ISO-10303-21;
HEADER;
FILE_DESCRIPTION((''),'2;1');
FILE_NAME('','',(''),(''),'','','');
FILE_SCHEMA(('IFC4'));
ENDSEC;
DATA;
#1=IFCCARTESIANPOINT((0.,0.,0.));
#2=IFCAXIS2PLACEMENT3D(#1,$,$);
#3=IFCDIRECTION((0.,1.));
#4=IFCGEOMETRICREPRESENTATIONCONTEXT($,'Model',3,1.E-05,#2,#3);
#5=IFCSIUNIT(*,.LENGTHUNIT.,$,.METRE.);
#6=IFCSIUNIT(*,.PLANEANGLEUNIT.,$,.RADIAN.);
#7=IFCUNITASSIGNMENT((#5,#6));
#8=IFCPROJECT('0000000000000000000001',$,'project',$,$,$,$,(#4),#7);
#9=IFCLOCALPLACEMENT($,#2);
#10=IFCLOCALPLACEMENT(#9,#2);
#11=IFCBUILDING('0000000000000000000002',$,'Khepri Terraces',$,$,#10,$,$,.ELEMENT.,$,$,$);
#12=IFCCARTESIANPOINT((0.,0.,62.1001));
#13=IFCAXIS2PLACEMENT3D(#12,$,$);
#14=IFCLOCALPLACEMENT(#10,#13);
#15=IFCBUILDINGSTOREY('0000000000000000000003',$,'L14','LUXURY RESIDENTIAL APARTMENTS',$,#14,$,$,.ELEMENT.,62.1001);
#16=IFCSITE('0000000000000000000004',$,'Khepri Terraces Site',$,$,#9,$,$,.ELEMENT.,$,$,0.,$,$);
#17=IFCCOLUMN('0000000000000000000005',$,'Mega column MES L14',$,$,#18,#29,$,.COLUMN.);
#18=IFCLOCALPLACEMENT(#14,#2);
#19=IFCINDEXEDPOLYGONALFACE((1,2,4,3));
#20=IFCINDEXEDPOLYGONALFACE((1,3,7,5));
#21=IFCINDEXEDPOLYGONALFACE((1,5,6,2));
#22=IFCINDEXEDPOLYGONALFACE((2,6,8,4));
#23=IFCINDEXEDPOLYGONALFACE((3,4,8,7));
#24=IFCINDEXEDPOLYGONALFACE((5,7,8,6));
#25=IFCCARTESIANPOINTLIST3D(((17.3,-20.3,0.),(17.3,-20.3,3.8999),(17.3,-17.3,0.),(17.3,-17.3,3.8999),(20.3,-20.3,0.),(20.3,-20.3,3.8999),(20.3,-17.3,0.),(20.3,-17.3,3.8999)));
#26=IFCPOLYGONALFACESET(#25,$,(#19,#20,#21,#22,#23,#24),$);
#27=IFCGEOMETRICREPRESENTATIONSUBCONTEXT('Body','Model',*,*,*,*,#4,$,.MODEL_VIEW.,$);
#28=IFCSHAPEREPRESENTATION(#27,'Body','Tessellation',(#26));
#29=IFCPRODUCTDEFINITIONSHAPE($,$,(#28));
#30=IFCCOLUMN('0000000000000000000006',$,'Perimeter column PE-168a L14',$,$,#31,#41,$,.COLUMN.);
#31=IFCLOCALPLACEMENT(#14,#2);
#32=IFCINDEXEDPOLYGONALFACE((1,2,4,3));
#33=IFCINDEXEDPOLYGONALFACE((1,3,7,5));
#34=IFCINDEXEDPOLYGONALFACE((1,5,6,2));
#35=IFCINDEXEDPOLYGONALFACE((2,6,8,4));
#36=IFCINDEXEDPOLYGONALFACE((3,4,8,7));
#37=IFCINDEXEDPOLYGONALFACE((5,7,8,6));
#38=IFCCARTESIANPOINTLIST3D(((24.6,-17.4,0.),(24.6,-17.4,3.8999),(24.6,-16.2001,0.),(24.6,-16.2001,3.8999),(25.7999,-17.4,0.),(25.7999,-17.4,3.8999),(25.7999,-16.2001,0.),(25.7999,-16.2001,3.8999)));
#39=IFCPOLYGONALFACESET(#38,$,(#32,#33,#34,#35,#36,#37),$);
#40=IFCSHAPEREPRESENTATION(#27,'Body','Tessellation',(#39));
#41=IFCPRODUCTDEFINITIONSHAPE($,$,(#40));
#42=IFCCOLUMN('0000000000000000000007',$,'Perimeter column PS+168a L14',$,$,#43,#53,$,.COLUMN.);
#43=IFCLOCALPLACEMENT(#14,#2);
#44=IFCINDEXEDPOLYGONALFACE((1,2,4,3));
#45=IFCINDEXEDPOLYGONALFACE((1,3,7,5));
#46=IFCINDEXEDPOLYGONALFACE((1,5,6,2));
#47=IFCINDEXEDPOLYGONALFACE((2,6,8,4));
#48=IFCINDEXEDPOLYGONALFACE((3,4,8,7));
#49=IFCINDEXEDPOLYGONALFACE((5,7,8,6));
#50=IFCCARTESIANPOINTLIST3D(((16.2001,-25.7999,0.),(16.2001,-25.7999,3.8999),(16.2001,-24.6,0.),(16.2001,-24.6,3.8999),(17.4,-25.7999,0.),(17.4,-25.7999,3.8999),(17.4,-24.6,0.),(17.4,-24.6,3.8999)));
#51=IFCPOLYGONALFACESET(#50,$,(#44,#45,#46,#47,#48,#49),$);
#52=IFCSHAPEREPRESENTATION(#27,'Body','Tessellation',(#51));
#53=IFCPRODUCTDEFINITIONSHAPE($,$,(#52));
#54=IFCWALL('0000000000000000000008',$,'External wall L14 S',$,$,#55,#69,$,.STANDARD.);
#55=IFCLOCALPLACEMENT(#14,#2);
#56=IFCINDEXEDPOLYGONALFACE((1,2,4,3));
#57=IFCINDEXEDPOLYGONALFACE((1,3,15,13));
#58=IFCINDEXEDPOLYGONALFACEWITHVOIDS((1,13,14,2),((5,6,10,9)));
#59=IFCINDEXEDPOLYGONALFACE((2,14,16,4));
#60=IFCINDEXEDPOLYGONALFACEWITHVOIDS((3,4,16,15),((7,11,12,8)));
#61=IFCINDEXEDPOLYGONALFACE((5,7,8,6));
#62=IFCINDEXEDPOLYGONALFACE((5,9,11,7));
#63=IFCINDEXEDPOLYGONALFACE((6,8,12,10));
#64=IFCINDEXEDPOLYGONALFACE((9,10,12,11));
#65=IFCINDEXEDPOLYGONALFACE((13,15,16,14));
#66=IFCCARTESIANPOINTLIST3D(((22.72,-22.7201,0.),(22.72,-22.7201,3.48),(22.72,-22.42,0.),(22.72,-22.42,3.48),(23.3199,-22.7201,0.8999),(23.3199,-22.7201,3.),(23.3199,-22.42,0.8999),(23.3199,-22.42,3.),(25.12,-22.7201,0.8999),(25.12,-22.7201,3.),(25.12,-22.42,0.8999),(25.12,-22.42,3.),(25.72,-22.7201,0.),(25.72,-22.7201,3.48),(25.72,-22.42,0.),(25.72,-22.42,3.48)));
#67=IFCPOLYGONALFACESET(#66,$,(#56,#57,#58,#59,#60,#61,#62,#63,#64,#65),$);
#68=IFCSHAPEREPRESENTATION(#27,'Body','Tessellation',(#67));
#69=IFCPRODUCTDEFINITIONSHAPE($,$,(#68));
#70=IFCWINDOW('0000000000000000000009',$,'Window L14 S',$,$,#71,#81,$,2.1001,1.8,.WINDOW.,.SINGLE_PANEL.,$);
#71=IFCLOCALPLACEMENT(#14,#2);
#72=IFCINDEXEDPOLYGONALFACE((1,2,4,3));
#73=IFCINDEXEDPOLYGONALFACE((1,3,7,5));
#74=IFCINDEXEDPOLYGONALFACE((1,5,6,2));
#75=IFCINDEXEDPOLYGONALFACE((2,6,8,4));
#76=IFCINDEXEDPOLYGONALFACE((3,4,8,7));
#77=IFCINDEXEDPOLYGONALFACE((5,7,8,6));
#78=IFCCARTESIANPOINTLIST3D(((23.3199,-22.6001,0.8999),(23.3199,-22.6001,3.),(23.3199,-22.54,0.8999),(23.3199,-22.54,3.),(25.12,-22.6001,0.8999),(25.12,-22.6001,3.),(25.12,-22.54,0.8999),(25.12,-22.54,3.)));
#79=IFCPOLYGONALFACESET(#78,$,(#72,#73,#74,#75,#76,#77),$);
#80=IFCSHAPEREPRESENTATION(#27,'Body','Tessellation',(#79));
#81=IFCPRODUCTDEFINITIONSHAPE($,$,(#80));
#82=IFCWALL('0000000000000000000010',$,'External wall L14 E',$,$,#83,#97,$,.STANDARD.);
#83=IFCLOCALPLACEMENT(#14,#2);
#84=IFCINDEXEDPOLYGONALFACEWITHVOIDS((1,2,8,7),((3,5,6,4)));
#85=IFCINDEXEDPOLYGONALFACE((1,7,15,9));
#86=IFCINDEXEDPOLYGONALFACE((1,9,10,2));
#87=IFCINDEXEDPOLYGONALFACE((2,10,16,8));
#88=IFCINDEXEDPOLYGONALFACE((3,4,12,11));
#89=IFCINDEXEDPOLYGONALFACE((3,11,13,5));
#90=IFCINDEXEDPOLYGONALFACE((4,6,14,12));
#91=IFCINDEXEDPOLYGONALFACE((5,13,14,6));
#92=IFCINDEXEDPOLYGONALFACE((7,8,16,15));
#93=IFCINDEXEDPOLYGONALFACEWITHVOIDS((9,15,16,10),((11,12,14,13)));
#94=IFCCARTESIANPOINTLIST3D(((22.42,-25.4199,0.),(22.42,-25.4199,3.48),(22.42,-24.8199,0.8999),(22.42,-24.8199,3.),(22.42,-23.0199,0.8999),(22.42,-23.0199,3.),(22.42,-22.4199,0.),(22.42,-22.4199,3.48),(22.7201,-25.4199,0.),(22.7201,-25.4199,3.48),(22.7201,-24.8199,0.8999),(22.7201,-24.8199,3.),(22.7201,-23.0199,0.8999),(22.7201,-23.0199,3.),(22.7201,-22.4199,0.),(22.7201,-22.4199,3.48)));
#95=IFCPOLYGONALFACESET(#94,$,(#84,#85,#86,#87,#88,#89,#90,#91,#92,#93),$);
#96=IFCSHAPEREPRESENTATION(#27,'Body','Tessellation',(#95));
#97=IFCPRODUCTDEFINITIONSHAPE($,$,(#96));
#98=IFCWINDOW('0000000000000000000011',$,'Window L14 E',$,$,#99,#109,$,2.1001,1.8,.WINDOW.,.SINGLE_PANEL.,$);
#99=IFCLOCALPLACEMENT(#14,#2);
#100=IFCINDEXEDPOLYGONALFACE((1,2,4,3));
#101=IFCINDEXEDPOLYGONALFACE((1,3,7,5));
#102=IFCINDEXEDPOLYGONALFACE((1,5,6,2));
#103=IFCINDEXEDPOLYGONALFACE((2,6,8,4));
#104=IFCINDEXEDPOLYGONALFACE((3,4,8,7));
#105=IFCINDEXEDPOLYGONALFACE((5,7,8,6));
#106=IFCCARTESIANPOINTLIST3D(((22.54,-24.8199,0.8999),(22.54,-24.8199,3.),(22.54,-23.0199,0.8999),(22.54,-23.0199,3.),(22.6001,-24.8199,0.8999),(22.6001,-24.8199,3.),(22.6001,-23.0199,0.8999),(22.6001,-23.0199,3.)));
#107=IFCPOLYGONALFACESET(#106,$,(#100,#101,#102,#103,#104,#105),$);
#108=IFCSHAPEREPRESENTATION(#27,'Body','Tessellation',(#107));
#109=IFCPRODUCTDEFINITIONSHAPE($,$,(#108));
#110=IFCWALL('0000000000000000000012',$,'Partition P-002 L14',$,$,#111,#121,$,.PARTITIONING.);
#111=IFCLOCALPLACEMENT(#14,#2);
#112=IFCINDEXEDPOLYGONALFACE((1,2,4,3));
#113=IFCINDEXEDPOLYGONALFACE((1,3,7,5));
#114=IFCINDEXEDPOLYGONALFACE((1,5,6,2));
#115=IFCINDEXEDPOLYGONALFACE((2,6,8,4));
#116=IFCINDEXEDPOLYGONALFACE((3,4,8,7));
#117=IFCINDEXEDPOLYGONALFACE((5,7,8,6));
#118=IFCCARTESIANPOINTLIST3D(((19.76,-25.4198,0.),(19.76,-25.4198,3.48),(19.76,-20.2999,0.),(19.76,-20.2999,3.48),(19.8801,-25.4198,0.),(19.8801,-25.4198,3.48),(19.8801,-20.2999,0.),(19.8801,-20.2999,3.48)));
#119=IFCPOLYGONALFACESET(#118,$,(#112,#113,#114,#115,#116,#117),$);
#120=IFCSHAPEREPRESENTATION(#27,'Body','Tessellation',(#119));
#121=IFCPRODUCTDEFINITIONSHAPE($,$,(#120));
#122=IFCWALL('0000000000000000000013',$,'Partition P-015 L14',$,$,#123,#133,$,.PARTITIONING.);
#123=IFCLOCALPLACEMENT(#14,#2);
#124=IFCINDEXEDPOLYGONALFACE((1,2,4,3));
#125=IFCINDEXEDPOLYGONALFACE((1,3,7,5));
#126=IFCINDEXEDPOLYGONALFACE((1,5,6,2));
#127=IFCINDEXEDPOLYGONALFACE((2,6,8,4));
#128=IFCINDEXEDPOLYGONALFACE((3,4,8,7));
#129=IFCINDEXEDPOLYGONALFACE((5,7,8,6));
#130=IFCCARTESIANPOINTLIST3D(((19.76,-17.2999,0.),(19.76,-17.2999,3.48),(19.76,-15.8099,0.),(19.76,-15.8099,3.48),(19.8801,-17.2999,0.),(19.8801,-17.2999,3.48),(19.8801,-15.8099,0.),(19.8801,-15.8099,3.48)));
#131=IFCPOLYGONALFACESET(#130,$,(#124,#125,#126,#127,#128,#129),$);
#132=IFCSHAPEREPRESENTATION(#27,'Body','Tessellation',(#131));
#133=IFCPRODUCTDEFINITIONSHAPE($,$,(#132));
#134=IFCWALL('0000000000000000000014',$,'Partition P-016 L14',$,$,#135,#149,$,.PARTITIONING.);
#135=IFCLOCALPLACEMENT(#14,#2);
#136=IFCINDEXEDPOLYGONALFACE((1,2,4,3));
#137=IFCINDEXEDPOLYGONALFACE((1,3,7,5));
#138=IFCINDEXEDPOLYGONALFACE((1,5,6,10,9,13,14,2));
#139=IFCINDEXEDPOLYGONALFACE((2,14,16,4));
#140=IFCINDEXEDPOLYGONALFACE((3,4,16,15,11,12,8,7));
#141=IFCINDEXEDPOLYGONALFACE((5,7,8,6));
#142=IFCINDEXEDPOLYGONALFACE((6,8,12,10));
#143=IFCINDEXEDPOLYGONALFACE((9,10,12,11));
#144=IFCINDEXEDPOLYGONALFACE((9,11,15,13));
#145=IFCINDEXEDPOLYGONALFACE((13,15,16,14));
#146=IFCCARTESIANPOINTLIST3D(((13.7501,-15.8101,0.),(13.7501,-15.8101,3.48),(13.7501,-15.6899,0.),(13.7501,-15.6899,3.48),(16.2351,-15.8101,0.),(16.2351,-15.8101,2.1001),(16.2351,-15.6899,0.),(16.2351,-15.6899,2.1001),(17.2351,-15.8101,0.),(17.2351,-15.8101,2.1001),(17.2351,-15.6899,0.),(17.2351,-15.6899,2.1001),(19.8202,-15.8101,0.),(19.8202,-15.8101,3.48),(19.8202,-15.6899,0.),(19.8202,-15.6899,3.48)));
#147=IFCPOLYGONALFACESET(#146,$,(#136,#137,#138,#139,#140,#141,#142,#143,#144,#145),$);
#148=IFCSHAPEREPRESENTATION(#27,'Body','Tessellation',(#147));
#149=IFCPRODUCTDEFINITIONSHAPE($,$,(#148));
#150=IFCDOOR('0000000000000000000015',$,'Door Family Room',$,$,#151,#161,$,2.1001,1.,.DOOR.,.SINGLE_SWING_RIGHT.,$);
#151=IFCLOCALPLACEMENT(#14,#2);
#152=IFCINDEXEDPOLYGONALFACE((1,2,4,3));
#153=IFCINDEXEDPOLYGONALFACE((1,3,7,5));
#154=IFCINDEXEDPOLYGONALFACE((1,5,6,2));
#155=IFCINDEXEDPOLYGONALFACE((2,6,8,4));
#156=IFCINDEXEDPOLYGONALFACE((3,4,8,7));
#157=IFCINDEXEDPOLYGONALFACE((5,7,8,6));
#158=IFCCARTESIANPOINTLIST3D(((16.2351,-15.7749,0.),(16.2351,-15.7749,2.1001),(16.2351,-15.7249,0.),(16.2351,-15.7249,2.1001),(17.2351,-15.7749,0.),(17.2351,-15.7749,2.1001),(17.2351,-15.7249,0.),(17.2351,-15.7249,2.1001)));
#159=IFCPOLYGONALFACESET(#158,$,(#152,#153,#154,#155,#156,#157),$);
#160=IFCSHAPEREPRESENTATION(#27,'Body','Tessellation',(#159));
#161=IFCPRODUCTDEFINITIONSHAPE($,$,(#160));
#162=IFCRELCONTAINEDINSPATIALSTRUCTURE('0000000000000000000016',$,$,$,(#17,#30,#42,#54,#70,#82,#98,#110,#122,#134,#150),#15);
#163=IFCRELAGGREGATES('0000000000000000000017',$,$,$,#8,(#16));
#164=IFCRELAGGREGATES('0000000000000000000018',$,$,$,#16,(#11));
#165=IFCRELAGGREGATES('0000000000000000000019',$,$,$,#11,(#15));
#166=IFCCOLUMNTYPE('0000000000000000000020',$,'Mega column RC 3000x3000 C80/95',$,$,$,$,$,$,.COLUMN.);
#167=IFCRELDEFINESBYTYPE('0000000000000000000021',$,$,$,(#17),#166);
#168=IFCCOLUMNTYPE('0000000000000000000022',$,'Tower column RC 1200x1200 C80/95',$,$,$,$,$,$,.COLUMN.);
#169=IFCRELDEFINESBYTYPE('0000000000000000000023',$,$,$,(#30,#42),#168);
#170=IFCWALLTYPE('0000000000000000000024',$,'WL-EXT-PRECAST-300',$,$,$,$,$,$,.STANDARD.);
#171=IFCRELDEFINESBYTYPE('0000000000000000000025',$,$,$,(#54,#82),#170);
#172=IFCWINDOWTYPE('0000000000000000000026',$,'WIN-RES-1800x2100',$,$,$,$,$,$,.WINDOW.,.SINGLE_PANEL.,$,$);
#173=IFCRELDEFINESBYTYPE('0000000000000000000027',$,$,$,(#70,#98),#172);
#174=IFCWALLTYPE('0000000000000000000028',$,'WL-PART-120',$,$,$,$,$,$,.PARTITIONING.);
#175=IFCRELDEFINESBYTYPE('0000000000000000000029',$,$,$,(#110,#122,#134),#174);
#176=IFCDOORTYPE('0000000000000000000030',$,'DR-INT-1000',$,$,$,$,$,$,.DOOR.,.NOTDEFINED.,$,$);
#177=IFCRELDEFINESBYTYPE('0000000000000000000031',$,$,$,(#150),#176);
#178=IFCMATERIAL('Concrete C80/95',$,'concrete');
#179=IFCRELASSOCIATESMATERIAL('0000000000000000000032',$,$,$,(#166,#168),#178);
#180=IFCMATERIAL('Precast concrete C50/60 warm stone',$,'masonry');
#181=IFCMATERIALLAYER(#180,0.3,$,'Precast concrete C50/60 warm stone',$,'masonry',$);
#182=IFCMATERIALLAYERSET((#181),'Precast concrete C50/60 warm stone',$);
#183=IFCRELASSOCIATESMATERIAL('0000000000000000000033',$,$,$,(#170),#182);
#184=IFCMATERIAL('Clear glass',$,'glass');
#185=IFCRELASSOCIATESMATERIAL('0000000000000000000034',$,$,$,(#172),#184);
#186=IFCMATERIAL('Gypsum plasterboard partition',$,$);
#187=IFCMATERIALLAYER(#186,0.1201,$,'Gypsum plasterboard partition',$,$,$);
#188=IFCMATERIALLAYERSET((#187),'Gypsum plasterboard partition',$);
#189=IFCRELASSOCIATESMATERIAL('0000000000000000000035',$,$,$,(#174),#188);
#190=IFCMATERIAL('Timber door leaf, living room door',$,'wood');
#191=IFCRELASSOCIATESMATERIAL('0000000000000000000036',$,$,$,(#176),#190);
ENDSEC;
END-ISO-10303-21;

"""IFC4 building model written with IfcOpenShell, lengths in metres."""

from ifc_helpers import new_model, si_unit, direction, frame, frame_2d, origin, origin_2d, place, context, subcontext, project, spatial, rectangle, extrude, material, layer, layer_set, material_profile, profile_set, type_object, element, fill, save


model = new_model("IFC4")

# Units and contexts
model_context = context("Model", 3, precision=1e-05, world=origin(), true_north=direction((0.0, 1.0)))
body_context = subcontext(model_context, "Body", "Model", "MODEL_VIEW")
ifc_project = project(units=[si_unit("LENGTHUNIT", "METRE"), si_unit("PLANEANGLEUNIT", "RADIAN")], contexts=[model_context])

# Site, building, storey
site_placement = place(None, origin())
site = spatial("IfcSite", under=ifc_project, at=site_placement, Name="Khepri Terraces Site", CompositionType="ELEMENT", RefElevation=0.0)
building_placement = place(site_placement, origin())
building = spatial("IfcBuilding", under=site, at=building_placement, Name="Khepri Terraces", CompositionType="ELEMENT")
storey_placement = place(building_placement, frame((0.0, 0.0, 62.1001)))
storey = spatial("IfcBuildingStorey", under=building, at=storey_placement, Name="L14", Description="LUXURY RESIDENTIAL APARTMENTS", CompositionType="ELEMENT", Elevation=62.1001)

# Columns
ifc_material_1 = material(Name="Concrete C80/95", Category="concrete")
ifc_material_profile_1 = material_profile(ifc_material_1, rectangle(XDim=3.0, YDim=3.0, at=origin_2d()), Name="Concrete C80/95", Category="concrete")
ifc_profile_set_1 = profile_set([ifc_material_profile_1], Name="Concrete C80/95")
column_type_1 = type_object("IfcColumnType", Name="Mega column RC 3000x3000 C80/95", PredefinedType="COLUMN", material=ifc_profile_set_1)
column_placement = place(storey_placement, frame((18.8, -18.8, 0.0), z_axis=(0.0, 0.0, 1.0), x_axis=(1.0, 0.0, 0.0)))
element("IfcColumn", 1, at=column_placement, inside=storey, type_object=column_type_1, Name="Mega column MES L14", PredefinedType="COLUMN", context=body_context, shape_type="SweptSolid", body=[
    extrude(rectangle(XDim=3.0, YDim=3.0, at=origin_2d()), origin(), (0.0, 0.0, 1.0), 3.8999),
])
ifc_material_profile_2 = material_profile(ifc_material_1, rectangle(XDim=1.2, YDim=1.2, at=origin_2d()), Name="Concrete C80/95", Category="concrete")
ifc_profile_set_2 = profile_set([ifc_material_profile_2], Name="Concrete C80/95")
column_type_2 = type_object("IfcColumnType", Name="Tower column RC 1200x1200 C80/95", PredefinedType="COLUMN", material=ifc_profile_set_2)
for number, where, z_axis, x_axis, name in (
    (2, (25.2, -16.8, 0.0), (0.0, 0.0, 1.0), (1.0, 0.0, 0.0), "Perimeter column PE-168a L14"),
    (3, (16.8, -25.2, 0.0), (0.0, 0.0, 1.0), (1.0, 0.0, 0.0), "Perimeter column PS+168a L14"),
):
    element("IfcColumn", number, at=place(storey_placement, frame(where, z_axis=z_axis, x_axis=x_axis)), inside=storey, type_object=column_type_2, Name=name, PredefinedType="COLUMN", context=body_context, shape_type="SweptSolid", body=[
        extrude(rectangle(XDim=1.2, YDim=1.2, at=origin_2d()), origin(), (0.0, 0.0, 1.0), 3.8999),
    ])

# Wall, opening, window
ifc_material_2 = material(Name="Precast concrete C50/60 warm stone", Category="masonry")
ifc_layer_1 = layer(ifc_material_2, 0.3, Name="Precast concrete C50/60 warm stone", Category="masonry")
ifc_layer_set_1 = layer_set([ifc_layer_1], Name="Precast concrete C50/60 warm stone")
wall_type_1 = type_object("IfcWallType", Name="WL-EXT-PRECAST-300", PredefinedType="STANDARD", material=ifc_layer_set_1)
wall_1_placement = place(storey_placement, frame((22.72, -22.5701, 0.0), z_axis=(0.0, 0.0, 1.0), x_axis=(1.0, 0.0, 0.0)))
wall_1 = element("IfcWall", 4, at=wall_1_placement, inside=storey, type_object=wall_type_1, Name="External wall L14 S", PredefinedType="STANDARD", context=body_context, shape_type="SweptSolid", body=[
    extrude(rectangle(XDim=3.0, YDim=0.3, at=frame_2d((1.5, 0.0))), origin(), (0.0, 0.0, 1.0), 3.48),
])
opening_1_placement = place(wall_1_placement, frame((0.6001, 0.0, 0.8999)))
opening_1 = element("IfcOpeningElement", 5, at=opening_1_placement, cuts=wall_1, PredefinedType="OPENING", context=body_context, shape_type="SweptSolid", body=[
    extrude(rectangle(XDim=1.8, YDim=2.1001, at=frame_2d((0.8999, 1.05))), frame((0.0, 0.1602, 0.0), z_axis=(0.0, -1.0, 0.0), x_axis=(1.0, 0.0, 0.0)), (0.0, 0.0, 1.0), 0.3201),
])
ifc_material_3 = material(Name="Clear glass", Category="glass")
window_type = type_object("IfcWindowType", Name="WIN-RES-1800x2100", PartitioningType="SINGLE_PANEL", PredefinedType="WINDOW", material=ifc_material_3)
window_1_placement = place(opening_1_placement, origin())
window_1 = element("IfcWindow", 6, at=window_1_placement, inside=storey, type_object=window_type, Name="Window L14 S", OverallHeight=2.1001, OverallWidth=1.8, PartitioningType="SINGLE_PANEL", PredefinedType="WINDOW", context=body_context, shape_type="SweptSolid", body=[
    extrude(rectangle(XDim=1.8, YDim=2.1001, at=frame_2d((0.8999, 1.05))), frame((0.0, 0.03, 0.0), z_axis=(0.0, -1.0, 0.0), x_axis=(1.0, 0.0, 0.0)), (0.0, 0.0, 1.0), 0.0601),
])
fill(opening_1, window_1)

# Wall, opening, window
wall_2_placement = place(storey_placement, frame((22.5701, -25.4199, 0.0), z_axis=(0.0, 0.0, 1.0), x_axis=(0.0, 1.0, 0.0)))
wall_2 = element("IfcWall", 7, at=wall_2_placement, inside=storey, type_object=wall_type_1, Name="External wall L14 E", PredefinedType="STANDARD", context=body_context, shape_type="SweptSolid", body=[
    extrude(rectangle(XDim=3.0, YDim=0.3, at=frame_2d((1.5, 0.0))), origin(), (0.0, 0.0, 1.0), 3.48),
])
opening_2_placement = place(wall_2_placement, frame((0.6001, 0.0, 0.8999)))
opening_2 = element("IfcOpeningElement", 8, at=opening_2_placement, cuts=wall_2, PredefinedType="OPENING", context=body_context, shape_type="SweptSolid", body=[
    extrude(rectangle(XDim=1.8, YDim=2.1001, at=frame_2d((0.8999, 1.05))), frame((0.0, 0.1602, 0.0), z_axis=(0.0, -1.0, 0.0), x_axis=(1.0, 0.0, 0.0)), (0.0, 0.0, 1.0), 0.3201),
])
window_2_placement = place(opening_2_placement, origin())
window_2 = element("IfcWindow", 9, at=window_2_placement, inside=storey, type_object=window_type, Name="Window L14 E", OverallHeight=2.1001, OverallWidth=1.8, PartitioningType="SINGLE_PANEL", PredefinedType="WINDOW", context=body_context, shape_type="SweptSolid", body=[
    extrude(rectangle(XDim=1.8, YDim=2.1001, at=frame_2d((0.8999, 1.05))), frame((0.0, 0.03, 0.0), z_axis=(0.0, -1.0, 0.0), x_axis=(1.0, 0.0, 0.0)), (0.0, 0.0, 1.0), 0.0601),
])
fill(opening_2, window_2)

# Walls
ifc_material_4 = material(Name="Gypsum plasterboard partition")
ifc_layer_2 = layer(ifc_material_4, 0.1201, Name="Gypsum plasterboard partition")
ifc_layer_set_2 = layer_set([ifc_layer_2], Name="Gypsum plasterboard partition")
wall_type_2 = type_object("IfcWallType", Name="WL-PART-120", PredefinedType="PARTITIONING", material=ifc_layer_set_2)
wall_3_placement = place(storey_placement, frame((19.8201, -25.4199, 0.0), z_axis=(0.0, 0.0, 1.0), x_axis=(0.0, 1.0, 0.0)))
element("IfcWall", 10, at=wall_3_placement, inside=storey, type_object=wall_type_2, Name="Partition P-002 L14", PredefinedType="PARTITIONING", context=body_context, shape_type="SweptSolid", body=[
    extrude(rectangle(XDim=5.1199, YDim=0.1201, at=frame_2d((2.5601, 0.0))), origin(), (0.0, 0.0, 1.0), 3.48),
])
wall_4_placement = place(storey_placement, frame((19.8201, -17.3, 0.0), z_axis=(0.0, 0.0, 1.0), x_axis=(0.0, 1.0, 0.0)))
element("IfcWall", 11, at=wall_4_placement, inside=storey, type_object=wall_type_2, Name="Partition P-015 L14", PredefinedType="PARTITIONING", context=body_context, shape_type="SweptSolid", body=[
    extrude(rectangle(XDim=1.49, YDim=0.1201, at=frame_2d((0.7451, 0.0))), origin(), (0.0, 0.0, 1.0), 3.48),
])

# Wall, opening, door
wall_5_placement = place(storey_placement, frame((13.75, -15.75, 0.0), z_axis=(0.0, 0.0, 1.0), x_axis=(1.0, 0.0, 0.0)))
wall_5 = element("IfcWall", 12, at=wall_5_placement, inside=storey, type_object=wall_type_2, Name="Partition P-016 L14", PredefinedType="PARTITIONING", context=body_context, shape_type="SweptSolid", body=[
    extrude(rectangle(XDim=6.0701, YDim=0.1201, at=frame_2d((3.0352, 0.0))), origin(), (0.0, 0.0, 1.0), 3.48),
])
opening_3_placement = place(wall_5_placement, frame((2.4851, 0.0, 0.0)))
opening_3 = element("IfcOpeningElement", 13, at=opening_3_placement, cuts=wall_5, PredefinedType="OPENING", context=body_context, shape_type="SweptSolid", body=[
    extrude(rectangle(XDim=1.0, YDim=2.1001, at=frame_2d((0.5, 1.05))), frame((0.0, 0.0701, 0.0), z_axis=(0.0, -1.0, 0.0), x_axis=(1.0, 0.0, 0.0)), (0.0, 0.0, 1.0), 0.1401),
])
ifc_material_5 = material(Name="Timber door leaf, living room door", Category="wood")
door_type_1 = type_object("IfcDoorType", Name="DR-INT-1000", OperationType="NOTDEFINED", PredefinedType="DOOR", material=ifc_material_5)
door_1_placement = place(opening_3_placement, frame((1.0, 0.0, 0.0), z_axis=(0.0, 0.0, 1.0), x_axis=(-1.0, 0.0, 0.0)))
door_1 = element("IfcDoor", 14, at=door_1_placement, inside=storey, type_object=door_type_1, Name="Door Family Room", OperationType="SINGLE_SWING_RIGHT", OverallHeight=2.1001, OverallWidth=1.0, PredefinedType="DOOR", context=body_context, shape_type="SweptSolid", body=[
    extrude(rectangle(XDim=1.0, YDim=2.1001, at=frame_2d((0.5, 1.05))), frame((0.0, 0.0249, 0.0), z_axis=(0.0, -1.0, 0.0), x_axis=(1.0, 0.0, 0.0)), (0.0, 0.0, 1.0), 0.05),
])
fill(opening_3, door_1)

save(model, "model.ifc")
